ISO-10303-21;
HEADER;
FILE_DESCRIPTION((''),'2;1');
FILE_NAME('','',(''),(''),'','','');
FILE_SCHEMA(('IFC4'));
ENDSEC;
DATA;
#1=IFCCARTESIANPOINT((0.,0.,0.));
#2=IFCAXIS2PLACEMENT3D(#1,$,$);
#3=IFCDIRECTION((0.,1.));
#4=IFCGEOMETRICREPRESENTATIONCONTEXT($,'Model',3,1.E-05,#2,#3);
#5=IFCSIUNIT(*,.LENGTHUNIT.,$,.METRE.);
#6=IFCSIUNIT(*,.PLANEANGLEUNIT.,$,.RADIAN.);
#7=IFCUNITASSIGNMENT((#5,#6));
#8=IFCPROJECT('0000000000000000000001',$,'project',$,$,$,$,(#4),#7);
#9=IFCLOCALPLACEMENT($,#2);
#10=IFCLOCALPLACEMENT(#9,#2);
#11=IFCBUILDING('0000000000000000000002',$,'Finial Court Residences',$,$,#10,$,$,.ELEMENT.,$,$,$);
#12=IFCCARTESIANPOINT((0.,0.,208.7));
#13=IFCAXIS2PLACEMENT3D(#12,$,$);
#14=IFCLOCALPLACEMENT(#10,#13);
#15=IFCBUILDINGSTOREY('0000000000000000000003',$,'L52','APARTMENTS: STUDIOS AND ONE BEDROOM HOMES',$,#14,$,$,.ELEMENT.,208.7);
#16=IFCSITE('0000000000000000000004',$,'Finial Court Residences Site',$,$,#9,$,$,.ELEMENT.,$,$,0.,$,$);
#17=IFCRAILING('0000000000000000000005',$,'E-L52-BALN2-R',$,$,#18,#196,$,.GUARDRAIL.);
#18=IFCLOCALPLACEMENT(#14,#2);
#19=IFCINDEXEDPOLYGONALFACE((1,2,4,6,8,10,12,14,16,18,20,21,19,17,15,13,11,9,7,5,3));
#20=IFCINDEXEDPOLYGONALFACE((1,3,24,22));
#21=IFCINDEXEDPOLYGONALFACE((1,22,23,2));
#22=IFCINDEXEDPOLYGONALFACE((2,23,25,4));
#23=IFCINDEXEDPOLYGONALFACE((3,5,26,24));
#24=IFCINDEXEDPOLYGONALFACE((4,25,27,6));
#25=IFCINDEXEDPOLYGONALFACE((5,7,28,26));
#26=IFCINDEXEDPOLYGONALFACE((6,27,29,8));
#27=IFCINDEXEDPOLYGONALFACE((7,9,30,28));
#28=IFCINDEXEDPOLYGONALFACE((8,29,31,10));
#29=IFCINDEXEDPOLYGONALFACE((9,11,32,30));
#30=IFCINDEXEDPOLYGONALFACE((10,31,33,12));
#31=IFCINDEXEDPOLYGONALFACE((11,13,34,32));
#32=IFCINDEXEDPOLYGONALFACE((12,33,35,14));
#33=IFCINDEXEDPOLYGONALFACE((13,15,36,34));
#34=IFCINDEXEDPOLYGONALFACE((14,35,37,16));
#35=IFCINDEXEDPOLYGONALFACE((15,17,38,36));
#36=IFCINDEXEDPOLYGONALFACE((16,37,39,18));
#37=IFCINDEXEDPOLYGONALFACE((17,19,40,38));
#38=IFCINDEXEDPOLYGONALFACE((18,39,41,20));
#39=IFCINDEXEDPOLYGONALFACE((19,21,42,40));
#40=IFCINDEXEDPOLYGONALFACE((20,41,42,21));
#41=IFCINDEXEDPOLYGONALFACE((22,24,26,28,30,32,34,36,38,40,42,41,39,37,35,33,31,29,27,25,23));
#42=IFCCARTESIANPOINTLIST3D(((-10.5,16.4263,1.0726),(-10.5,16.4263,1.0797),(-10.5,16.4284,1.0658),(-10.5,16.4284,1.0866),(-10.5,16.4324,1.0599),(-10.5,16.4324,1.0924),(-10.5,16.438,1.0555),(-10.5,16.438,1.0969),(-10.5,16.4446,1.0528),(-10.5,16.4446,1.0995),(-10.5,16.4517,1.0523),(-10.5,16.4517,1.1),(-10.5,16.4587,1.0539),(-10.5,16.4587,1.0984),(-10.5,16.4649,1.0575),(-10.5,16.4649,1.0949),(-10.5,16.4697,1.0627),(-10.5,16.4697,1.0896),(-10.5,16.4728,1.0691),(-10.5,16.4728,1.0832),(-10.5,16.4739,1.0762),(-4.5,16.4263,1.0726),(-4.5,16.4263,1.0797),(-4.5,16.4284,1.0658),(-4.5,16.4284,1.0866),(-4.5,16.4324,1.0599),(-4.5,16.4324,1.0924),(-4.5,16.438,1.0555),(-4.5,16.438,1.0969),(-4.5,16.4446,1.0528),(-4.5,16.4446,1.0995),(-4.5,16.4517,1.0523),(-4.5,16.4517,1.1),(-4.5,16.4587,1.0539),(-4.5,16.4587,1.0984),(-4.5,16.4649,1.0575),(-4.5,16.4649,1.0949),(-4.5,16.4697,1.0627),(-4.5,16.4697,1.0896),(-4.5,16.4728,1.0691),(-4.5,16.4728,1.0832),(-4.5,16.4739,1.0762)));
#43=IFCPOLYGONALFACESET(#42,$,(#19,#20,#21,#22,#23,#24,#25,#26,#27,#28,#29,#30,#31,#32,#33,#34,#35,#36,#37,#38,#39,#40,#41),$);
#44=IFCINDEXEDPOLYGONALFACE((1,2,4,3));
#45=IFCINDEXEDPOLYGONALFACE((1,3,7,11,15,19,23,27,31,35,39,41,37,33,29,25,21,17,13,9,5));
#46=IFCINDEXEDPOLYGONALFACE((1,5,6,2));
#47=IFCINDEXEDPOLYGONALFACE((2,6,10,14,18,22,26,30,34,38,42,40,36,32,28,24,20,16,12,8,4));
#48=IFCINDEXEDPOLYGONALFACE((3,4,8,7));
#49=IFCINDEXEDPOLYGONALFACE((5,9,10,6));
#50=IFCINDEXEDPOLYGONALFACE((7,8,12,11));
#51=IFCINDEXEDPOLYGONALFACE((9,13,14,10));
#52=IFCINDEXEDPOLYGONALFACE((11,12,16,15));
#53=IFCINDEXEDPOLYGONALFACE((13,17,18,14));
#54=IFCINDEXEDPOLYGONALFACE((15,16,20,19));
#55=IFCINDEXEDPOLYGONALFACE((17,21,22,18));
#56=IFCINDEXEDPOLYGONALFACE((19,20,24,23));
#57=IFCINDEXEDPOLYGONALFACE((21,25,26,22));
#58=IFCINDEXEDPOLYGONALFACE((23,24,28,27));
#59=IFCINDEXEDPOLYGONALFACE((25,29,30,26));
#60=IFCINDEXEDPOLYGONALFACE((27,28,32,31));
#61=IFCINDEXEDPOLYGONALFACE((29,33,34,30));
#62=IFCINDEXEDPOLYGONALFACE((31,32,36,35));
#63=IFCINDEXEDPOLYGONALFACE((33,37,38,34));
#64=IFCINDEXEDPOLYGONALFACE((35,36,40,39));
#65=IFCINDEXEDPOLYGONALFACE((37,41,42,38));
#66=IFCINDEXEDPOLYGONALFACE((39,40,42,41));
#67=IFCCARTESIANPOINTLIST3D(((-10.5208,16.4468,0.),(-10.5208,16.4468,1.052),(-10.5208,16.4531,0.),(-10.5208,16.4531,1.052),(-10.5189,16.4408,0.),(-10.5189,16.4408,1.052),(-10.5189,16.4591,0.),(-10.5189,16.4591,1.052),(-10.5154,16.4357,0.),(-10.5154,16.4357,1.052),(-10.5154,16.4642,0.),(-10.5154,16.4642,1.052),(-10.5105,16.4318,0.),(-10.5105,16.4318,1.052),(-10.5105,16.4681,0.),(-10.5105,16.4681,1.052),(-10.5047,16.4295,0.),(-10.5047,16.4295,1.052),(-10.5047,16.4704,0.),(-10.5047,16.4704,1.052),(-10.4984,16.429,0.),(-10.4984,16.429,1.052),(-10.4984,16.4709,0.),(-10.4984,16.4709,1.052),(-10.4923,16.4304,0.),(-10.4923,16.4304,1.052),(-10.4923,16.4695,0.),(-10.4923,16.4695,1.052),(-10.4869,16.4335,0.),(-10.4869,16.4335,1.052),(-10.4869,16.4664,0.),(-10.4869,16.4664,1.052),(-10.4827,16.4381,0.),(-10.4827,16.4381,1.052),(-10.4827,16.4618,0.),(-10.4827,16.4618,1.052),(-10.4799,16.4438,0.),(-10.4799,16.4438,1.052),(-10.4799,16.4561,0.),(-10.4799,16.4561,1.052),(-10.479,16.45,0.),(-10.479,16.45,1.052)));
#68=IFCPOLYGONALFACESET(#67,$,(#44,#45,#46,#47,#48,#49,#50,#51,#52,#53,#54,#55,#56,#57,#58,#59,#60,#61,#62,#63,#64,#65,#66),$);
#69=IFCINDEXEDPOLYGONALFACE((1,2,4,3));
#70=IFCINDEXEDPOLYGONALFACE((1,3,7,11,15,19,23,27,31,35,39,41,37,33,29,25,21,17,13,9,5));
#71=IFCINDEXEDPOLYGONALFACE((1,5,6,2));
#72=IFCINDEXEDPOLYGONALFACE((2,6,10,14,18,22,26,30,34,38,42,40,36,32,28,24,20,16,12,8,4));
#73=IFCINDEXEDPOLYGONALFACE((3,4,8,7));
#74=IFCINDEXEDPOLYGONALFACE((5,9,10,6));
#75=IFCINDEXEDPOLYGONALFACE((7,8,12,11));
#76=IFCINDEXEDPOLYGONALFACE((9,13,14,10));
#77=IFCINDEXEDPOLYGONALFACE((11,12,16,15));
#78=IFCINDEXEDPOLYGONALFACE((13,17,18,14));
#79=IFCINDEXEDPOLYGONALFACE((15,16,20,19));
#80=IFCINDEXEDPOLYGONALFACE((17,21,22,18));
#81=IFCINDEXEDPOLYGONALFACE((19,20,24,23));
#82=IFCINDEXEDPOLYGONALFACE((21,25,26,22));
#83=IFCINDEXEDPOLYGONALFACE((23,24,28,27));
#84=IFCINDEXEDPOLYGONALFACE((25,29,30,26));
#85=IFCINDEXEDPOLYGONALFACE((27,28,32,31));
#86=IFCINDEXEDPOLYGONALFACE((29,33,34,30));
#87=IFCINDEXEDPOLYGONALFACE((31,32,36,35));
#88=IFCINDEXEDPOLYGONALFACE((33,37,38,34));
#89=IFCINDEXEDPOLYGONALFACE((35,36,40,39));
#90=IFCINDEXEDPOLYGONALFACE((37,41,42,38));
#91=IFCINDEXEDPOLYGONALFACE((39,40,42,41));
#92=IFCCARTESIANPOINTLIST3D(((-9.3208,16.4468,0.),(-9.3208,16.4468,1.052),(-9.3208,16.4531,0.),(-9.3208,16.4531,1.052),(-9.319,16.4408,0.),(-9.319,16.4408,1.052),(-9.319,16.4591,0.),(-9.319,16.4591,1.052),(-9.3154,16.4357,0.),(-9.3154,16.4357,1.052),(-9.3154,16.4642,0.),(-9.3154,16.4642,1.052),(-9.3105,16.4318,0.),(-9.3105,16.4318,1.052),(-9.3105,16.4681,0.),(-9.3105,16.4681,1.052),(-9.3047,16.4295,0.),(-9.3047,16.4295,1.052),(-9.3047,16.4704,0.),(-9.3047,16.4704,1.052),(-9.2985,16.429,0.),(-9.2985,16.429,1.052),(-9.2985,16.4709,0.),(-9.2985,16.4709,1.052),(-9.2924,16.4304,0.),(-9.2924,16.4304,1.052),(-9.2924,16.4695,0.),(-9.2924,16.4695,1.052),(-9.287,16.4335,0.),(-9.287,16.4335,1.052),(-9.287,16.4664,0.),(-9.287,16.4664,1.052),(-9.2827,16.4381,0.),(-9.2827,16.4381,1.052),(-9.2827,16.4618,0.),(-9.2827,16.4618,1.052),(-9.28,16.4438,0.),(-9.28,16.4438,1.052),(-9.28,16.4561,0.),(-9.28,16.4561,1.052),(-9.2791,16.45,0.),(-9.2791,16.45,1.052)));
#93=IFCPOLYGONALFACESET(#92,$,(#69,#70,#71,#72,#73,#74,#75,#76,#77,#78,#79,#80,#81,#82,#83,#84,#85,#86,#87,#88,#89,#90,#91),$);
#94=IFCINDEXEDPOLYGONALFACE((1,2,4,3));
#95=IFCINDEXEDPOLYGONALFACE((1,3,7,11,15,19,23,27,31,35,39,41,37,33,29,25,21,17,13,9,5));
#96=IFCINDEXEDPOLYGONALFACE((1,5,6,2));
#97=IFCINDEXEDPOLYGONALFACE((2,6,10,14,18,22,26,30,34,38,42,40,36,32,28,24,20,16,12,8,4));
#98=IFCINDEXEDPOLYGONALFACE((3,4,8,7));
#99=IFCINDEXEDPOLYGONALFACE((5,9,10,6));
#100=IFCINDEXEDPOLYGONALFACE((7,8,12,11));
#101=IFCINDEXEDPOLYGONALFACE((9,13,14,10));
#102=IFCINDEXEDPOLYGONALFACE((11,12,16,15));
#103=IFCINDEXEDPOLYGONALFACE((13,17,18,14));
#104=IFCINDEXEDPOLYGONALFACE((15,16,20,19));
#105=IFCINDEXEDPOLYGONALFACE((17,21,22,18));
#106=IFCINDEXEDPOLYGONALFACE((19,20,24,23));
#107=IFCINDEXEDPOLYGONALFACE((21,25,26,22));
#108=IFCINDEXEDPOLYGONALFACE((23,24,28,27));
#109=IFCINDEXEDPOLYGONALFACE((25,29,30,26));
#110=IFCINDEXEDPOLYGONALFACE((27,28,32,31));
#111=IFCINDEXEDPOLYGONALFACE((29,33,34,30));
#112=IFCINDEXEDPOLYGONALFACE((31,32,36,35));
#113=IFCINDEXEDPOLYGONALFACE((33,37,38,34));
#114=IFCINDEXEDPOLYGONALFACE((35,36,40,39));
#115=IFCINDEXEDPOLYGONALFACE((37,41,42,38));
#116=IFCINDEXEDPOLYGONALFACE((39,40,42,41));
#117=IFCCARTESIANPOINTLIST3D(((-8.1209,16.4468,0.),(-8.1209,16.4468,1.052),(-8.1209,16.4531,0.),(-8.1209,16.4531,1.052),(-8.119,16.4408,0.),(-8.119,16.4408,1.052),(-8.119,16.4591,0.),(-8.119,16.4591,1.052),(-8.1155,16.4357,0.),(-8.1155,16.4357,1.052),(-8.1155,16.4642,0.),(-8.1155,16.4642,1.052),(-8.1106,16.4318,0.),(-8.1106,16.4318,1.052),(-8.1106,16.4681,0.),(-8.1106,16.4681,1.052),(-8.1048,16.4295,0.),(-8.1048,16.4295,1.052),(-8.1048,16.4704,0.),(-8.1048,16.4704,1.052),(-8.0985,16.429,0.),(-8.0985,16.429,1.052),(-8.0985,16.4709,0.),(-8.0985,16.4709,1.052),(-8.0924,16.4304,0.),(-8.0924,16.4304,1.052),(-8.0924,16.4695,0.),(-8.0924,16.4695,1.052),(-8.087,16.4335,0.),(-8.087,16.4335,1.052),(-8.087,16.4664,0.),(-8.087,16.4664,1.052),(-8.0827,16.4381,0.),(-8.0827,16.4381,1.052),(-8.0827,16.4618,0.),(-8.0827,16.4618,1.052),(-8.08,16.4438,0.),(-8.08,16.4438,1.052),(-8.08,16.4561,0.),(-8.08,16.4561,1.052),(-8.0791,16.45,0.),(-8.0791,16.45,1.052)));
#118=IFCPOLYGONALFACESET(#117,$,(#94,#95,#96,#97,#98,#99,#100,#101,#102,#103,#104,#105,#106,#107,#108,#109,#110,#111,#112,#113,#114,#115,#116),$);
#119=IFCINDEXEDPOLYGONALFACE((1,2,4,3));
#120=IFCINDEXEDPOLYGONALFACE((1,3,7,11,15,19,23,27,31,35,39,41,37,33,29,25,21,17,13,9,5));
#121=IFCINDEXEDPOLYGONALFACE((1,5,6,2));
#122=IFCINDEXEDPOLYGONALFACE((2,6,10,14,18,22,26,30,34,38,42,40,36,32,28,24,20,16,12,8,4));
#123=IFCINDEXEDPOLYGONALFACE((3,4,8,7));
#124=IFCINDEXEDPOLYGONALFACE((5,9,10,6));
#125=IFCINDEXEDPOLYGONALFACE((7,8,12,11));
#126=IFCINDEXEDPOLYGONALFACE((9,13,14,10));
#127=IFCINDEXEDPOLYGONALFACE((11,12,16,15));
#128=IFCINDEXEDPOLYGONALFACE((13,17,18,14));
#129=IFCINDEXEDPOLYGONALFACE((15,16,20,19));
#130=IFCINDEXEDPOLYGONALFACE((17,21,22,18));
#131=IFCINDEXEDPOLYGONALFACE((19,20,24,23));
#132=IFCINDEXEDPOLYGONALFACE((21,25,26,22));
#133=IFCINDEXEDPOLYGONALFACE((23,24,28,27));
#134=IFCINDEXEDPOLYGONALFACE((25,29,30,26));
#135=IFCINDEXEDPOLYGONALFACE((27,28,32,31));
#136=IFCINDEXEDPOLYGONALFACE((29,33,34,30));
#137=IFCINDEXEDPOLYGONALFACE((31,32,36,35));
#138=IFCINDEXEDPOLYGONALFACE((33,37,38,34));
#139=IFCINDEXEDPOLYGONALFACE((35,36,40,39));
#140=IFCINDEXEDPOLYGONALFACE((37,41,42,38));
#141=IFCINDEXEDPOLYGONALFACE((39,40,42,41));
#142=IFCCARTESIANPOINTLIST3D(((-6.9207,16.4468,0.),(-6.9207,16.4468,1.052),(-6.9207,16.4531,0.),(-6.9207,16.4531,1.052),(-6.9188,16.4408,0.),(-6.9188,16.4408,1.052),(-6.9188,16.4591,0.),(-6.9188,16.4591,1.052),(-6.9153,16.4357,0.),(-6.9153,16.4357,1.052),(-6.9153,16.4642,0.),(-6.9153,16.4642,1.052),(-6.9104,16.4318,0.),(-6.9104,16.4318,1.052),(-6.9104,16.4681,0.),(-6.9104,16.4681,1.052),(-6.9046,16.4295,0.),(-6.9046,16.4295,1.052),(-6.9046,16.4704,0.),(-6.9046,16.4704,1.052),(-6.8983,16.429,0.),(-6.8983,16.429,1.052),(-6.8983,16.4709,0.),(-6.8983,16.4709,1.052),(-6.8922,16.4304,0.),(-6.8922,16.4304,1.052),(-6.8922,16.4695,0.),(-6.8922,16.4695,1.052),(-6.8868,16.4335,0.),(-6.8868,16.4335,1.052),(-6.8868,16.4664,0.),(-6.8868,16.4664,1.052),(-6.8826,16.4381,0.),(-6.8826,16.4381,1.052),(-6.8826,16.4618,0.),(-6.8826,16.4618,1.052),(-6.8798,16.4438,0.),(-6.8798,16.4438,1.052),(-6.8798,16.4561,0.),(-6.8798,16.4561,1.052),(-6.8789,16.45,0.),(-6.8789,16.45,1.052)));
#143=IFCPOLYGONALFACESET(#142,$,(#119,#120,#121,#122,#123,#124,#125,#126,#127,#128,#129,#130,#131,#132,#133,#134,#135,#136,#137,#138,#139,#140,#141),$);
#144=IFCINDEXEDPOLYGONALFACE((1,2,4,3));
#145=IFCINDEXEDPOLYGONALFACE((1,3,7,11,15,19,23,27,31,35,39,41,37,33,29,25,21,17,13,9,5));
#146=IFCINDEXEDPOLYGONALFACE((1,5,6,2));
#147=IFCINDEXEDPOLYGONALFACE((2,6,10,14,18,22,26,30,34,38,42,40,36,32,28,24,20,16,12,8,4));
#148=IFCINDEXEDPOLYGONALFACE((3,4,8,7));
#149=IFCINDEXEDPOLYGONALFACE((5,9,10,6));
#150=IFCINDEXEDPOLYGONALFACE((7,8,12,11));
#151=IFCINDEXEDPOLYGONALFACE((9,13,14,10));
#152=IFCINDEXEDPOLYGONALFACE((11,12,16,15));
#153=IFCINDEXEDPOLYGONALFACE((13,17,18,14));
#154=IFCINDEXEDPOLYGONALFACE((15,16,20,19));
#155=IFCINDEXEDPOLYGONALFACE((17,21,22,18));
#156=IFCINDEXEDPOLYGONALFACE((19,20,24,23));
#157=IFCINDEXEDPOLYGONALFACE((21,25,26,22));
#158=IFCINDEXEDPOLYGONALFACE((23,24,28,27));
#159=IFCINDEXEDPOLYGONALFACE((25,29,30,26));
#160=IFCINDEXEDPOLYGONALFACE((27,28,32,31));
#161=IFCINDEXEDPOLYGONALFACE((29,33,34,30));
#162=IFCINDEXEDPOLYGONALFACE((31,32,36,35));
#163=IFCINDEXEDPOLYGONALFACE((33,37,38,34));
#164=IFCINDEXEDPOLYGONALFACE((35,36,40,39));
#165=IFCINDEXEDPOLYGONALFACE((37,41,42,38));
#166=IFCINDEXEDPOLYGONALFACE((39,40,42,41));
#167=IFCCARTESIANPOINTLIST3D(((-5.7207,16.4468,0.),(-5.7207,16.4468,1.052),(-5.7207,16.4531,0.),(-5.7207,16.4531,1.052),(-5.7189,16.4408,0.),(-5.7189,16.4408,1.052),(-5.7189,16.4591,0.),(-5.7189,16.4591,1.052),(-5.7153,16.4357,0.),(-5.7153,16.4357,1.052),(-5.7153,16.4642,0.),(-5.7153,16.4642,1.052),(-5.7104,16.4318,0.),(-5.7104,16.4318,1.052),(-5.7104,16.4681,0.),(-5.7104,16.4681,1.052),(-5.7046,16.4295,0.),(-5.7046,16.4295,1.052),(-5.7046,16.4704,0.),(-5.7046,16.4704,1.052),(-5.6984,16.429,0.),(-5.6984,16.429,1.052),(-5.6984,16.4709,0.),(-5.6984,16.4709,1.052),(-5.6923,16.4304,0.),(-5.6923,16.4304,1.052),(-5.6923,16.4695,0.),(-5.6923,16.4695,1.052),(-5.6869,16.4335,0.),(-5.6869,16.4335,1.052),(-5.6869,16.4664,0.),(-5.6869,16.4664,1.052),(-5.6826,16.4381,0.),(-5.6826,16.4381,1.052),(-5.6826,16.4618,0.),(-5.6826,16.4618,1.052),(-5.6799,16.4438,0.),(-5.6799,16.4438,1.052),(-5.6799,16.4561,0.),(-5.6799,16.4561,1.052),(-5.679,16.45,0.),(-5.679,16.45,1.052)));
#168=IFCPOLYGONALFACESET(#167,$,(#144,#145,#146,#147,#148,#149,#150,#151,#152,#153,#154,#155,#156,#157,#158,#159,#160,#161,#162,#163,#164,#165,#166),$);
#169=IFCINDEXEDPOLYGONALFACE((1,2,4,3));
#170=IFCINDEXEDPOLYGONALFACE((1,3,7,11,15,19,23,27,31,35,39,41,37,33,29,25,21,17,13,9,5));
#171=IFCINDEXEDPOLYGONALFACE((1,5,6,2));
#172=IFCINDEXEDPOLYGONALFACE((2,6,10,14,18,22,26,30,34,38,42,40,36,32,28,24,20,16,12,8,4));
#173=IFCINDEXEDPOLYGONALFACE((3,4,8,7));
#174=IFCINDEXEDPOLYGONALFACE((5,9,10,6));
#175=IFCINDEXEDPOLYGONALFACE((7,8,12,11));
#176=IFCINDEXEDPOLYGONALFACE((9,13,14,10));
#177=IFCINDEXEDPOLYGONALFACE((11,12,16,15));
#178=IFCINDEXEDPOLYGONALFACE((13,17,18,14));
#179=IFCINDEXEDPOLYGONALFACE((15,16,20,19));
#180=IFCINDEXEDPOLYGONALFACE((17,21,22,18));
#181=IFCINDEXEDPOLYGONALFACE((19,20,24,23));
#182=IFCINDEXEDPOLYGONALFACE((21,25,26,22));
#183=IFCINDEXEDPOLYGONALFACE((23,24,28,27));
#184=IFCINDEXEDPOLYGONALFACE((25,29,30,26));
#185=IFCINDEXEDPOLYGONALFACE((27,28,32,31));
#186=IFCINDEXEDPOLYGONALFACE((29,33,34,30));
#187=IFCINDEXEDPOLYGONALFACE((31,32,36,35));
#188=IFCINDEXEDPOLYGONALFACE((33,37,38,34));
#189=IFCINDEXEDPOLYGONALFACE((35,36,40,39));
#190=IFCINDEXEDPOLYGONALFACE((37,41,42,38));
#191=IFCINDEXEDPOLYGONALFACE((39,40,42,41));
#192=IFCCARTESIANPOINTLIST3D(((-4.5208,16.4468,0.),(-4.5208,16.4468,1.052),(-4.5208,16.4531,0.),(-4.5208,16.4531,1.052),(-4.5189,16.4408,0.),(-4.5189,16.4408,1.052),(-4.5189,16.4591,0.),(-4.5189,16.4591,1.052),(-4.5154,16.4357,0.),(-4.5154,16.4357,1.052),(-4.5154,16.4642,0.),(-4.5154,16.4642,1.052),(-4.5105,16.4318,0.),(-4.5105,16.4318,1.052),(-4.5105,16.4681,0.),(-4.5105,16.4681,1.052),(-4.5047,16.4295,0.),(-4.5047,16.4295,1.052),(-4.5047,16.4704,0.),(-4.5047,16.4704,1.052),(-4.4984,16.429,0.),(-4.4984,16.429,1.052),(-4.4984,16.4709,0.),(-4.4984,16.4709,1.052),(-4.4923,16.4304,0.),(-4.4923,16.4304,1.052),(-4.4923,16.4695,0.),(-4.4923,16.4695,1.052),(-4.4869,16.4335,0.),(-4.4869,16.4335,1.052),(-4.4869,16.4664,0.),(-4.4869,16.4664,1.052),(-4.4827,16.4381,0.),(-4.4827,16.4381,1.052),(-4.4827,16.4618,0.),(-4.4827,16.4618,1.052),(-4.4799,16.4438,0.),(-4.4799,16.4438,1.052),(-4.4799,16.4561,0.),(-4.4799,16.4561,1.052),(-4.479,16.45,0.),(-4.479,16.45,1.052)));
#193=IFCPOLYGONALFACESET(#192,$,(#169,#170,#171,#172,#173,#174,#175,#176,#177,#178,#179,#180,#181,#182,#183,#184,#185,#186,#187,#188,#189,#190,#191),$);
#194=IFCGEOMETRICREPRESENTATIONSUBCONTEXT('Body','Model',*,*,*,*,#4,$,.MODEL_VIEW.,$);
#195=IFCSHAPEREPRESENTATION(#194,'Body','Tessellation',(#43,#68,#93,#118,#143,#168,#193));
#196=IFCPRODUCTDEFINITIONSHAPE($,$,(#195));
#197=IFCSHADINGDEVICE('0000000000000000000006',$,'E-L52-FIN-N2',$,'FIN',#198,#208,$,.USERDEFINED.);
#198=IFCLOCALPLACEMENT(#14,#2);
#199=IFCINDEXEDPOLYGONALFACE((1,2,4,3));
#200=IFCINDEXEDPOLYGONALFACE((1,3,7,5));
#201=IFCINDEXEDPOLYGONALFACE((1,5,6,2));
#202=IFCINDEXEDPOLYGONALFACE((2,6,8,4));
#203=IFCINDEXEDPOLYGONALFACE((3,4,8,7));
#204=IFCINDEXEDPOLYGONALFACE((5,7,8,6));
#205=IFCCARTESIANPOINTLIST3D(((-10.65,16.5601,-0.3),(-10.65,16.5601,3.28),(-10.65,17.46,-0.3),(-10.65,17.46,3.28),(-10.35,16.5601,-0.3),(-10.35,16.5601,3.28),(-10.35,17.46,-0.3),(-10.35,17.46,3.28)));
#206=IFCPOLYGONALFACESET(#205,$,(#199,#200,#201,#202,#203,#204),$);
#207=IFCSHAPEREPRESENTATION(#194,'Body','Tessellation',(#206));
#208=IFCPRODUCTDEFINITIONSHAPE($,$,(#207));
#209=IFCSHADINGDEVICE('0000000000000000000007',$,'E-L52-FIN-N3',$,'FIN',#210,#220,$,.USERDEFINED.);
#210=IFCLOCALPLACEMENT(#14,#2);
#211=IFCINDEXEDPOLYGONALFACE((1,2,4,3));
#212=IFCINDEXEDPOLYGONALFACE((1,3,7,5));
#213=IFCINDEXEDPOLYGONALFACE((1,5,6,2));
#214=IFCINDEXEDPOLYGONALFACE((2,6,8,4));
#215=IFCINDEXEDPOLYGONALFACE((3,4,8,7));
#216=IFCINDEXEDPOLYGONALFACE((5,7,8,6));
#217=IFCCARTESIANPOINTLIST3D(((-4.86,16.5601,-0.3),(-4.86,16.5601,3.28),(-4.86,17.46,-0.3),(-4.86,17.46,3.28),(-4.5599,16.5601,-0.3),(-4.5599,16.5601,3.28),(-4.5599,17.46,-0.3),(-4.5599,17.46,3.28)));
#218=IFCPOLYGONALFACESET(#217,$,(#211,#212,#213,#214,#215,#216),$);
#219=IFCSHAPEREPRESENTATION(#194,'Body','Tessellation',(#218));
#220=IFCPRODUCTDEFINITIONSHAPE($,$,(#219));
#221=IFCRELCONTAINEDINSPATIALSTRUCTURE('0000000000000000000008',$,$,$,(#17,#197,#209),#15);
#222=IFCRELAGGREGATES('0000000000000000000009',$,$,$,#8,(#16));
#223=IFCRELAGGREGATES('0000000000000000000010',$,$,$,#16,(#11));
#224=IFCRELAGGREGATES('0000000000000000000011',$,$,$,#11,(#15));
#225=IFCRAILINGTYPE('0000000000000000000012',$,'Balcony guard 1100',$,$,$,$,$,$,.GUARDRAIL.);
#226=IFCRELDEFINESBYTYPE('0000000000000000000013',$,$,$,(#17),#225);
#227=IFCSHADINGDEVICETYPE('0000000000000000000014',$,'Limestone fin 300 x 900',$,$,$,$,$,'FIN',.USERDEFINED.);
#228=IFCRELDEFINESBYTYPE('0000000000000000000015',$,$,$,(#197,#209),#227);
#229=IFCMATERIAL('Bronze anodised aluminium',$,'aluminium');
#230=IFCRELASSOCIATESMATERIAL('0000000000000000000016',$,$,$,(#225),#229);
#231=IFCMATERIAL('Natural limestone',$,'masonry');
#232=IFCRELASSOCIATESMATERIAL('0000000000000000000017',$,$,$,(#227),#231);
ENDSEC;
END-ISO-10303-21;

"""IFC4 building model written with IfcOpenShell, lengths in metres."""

from ifc_helpers import new_model, si_unit, direction, frame, origin, origin_2d, place, context, subcontext, project, spatial, rectangle, circle, extrude, material, type_object, element, save


model = new_model("IFC4")

# Units and contexts
model_context = context("Model", 3, precision=1e-05, world=origin(), true_north=direction((0.0, 1.0)))
body_context = subcontext(model_context, "Body", "Model", "MODEL_VIEW")
ifc_project = project(units=[si_unit("LENGTHUNIT", "METRE"), si_unit("PLANEANGLEUNIT", "RADIAN")], contexts=[model_context])

# Site, building, storey
site_placement = place(None, origin())
site = spatial("IfcSite", under=ifc_project, at=site_placement, Name="Finial Court Residences Site", CompositionType="ELEMENT", RefElevation=0.0)
building_placement = place(site_placement, origin())
building = spatial("IfcBuilding", under=site, at=building_placement, Name="Finial Court Residences", CompositionType="ELEMENT")
storey_placement = place(building_placement, frame((0.0, 0.0, 208.7)))
storey = spatial("IfcBuildingStorey", under=building, at=storey_placement, Name="L52", Description="APARTMENTS: STUDIOS AND ONE BEDROOM HOMES", CompositionType="ELEMENT", Elevation=208.7)

# Shared definitions
ifc_material_1 = material(Name="Bronze anodised aluminium", Category="aluminium")

# Shared definitions
ifc_material_2 = material(Name="Natural limestone", Category="masonry")

# Railing
railing_type = type_object("IfcRailingType", Name="Balcony guard 1100", PredefinedType="GUARDRAIL", material=ifc_material_1)
railing_placement = place(storey_placement, frame((-10.5, 16.45, 0.0)))
element("IfcRailing", 1, at=railing_placement, inside=storey, type_object=railing_type, Name="E-L52-BALN2-R", PredefinedType="GUARDRAIL", context=body_context, shape_type="SweptSolid", body=[
    extrude(circle(Radius=0.0239, at=origin_2d()), frame((0.0, 0.0, 1.0762), z_axis=(1.0, 0.0, 0.0), x_axis=(0.0, 1.0, 0.0)), (0.0, 0.0, 1.0), 6.0),
    extrude(circle(Radius=0.021, at=origin_2d()), origin(), (0.0, 0.0, 1.0), 1.052),
    extrude(circle(Radius=0.021, at=origin_2d()), frame((1.2, 0.0, 0.0)), (0.0, 0.0, 1.0), 1.052),
    extrude(circle(Radius=0.021, at=origin_2d()), frame((2.3999, 0.0, 0.0)), (0.0, 0.0, 1.0), 1.052),
    extrude(circle(Radius=0.021, at=origin_2d()), frame((3.6001, 0.0, 0.0)), (0.0, 0.0, 1.0), 1.052),
    extrude(circle(Radius=0.021, at=origin_2d()), frame((4.8, 0.0, 0.0)), (0.0, 0.0, 1.0), 1.052),
    extrude(circle(Radius=0.021, at=origin_2d()), frame((6.0, 0.0, 0.0)), (0.0, 0.0, 1.0), 1.052),
])

# Shading devices
shading_device_type = type_object("IfcShadingDeviceType", Name="Limestone fin 300 x 900", ElementType="FIN", PredefinedType="USERDEFINED", material=ifc_material_2)
for number, where, z_axis, x_axis, name in (
    (2, (-10.5, 17.01, -0.3), (0.0, 0.0, 1.0), (1.0, 0.0, 0.0), "E-L52-FIN-N2"),
    (3, (-4.71, 17.01, -0.3), (0.0, 0.0, 1.0), (1.0, 0.0, 0.0), "E-L52-FIN-N3"),
):
    element("IfcShadingDevice", number, at=place(storey_placement, frame(where, z_axis=z_axis, x_axis=x_axis)), inside=storey, type_object=shading_device_type, Name=name, ObjectType="FIN", PredefinedType="USERDEFINED", context=body_context, shape_type="SweptSolid", body=[
        extrude(rectangle(XDim=0.3, YDim=0.8999, at=origin_2d()), origin(), (0.0, 0.0, 1.0), 3.5801),
    ])

save(model, "model.ifc")
